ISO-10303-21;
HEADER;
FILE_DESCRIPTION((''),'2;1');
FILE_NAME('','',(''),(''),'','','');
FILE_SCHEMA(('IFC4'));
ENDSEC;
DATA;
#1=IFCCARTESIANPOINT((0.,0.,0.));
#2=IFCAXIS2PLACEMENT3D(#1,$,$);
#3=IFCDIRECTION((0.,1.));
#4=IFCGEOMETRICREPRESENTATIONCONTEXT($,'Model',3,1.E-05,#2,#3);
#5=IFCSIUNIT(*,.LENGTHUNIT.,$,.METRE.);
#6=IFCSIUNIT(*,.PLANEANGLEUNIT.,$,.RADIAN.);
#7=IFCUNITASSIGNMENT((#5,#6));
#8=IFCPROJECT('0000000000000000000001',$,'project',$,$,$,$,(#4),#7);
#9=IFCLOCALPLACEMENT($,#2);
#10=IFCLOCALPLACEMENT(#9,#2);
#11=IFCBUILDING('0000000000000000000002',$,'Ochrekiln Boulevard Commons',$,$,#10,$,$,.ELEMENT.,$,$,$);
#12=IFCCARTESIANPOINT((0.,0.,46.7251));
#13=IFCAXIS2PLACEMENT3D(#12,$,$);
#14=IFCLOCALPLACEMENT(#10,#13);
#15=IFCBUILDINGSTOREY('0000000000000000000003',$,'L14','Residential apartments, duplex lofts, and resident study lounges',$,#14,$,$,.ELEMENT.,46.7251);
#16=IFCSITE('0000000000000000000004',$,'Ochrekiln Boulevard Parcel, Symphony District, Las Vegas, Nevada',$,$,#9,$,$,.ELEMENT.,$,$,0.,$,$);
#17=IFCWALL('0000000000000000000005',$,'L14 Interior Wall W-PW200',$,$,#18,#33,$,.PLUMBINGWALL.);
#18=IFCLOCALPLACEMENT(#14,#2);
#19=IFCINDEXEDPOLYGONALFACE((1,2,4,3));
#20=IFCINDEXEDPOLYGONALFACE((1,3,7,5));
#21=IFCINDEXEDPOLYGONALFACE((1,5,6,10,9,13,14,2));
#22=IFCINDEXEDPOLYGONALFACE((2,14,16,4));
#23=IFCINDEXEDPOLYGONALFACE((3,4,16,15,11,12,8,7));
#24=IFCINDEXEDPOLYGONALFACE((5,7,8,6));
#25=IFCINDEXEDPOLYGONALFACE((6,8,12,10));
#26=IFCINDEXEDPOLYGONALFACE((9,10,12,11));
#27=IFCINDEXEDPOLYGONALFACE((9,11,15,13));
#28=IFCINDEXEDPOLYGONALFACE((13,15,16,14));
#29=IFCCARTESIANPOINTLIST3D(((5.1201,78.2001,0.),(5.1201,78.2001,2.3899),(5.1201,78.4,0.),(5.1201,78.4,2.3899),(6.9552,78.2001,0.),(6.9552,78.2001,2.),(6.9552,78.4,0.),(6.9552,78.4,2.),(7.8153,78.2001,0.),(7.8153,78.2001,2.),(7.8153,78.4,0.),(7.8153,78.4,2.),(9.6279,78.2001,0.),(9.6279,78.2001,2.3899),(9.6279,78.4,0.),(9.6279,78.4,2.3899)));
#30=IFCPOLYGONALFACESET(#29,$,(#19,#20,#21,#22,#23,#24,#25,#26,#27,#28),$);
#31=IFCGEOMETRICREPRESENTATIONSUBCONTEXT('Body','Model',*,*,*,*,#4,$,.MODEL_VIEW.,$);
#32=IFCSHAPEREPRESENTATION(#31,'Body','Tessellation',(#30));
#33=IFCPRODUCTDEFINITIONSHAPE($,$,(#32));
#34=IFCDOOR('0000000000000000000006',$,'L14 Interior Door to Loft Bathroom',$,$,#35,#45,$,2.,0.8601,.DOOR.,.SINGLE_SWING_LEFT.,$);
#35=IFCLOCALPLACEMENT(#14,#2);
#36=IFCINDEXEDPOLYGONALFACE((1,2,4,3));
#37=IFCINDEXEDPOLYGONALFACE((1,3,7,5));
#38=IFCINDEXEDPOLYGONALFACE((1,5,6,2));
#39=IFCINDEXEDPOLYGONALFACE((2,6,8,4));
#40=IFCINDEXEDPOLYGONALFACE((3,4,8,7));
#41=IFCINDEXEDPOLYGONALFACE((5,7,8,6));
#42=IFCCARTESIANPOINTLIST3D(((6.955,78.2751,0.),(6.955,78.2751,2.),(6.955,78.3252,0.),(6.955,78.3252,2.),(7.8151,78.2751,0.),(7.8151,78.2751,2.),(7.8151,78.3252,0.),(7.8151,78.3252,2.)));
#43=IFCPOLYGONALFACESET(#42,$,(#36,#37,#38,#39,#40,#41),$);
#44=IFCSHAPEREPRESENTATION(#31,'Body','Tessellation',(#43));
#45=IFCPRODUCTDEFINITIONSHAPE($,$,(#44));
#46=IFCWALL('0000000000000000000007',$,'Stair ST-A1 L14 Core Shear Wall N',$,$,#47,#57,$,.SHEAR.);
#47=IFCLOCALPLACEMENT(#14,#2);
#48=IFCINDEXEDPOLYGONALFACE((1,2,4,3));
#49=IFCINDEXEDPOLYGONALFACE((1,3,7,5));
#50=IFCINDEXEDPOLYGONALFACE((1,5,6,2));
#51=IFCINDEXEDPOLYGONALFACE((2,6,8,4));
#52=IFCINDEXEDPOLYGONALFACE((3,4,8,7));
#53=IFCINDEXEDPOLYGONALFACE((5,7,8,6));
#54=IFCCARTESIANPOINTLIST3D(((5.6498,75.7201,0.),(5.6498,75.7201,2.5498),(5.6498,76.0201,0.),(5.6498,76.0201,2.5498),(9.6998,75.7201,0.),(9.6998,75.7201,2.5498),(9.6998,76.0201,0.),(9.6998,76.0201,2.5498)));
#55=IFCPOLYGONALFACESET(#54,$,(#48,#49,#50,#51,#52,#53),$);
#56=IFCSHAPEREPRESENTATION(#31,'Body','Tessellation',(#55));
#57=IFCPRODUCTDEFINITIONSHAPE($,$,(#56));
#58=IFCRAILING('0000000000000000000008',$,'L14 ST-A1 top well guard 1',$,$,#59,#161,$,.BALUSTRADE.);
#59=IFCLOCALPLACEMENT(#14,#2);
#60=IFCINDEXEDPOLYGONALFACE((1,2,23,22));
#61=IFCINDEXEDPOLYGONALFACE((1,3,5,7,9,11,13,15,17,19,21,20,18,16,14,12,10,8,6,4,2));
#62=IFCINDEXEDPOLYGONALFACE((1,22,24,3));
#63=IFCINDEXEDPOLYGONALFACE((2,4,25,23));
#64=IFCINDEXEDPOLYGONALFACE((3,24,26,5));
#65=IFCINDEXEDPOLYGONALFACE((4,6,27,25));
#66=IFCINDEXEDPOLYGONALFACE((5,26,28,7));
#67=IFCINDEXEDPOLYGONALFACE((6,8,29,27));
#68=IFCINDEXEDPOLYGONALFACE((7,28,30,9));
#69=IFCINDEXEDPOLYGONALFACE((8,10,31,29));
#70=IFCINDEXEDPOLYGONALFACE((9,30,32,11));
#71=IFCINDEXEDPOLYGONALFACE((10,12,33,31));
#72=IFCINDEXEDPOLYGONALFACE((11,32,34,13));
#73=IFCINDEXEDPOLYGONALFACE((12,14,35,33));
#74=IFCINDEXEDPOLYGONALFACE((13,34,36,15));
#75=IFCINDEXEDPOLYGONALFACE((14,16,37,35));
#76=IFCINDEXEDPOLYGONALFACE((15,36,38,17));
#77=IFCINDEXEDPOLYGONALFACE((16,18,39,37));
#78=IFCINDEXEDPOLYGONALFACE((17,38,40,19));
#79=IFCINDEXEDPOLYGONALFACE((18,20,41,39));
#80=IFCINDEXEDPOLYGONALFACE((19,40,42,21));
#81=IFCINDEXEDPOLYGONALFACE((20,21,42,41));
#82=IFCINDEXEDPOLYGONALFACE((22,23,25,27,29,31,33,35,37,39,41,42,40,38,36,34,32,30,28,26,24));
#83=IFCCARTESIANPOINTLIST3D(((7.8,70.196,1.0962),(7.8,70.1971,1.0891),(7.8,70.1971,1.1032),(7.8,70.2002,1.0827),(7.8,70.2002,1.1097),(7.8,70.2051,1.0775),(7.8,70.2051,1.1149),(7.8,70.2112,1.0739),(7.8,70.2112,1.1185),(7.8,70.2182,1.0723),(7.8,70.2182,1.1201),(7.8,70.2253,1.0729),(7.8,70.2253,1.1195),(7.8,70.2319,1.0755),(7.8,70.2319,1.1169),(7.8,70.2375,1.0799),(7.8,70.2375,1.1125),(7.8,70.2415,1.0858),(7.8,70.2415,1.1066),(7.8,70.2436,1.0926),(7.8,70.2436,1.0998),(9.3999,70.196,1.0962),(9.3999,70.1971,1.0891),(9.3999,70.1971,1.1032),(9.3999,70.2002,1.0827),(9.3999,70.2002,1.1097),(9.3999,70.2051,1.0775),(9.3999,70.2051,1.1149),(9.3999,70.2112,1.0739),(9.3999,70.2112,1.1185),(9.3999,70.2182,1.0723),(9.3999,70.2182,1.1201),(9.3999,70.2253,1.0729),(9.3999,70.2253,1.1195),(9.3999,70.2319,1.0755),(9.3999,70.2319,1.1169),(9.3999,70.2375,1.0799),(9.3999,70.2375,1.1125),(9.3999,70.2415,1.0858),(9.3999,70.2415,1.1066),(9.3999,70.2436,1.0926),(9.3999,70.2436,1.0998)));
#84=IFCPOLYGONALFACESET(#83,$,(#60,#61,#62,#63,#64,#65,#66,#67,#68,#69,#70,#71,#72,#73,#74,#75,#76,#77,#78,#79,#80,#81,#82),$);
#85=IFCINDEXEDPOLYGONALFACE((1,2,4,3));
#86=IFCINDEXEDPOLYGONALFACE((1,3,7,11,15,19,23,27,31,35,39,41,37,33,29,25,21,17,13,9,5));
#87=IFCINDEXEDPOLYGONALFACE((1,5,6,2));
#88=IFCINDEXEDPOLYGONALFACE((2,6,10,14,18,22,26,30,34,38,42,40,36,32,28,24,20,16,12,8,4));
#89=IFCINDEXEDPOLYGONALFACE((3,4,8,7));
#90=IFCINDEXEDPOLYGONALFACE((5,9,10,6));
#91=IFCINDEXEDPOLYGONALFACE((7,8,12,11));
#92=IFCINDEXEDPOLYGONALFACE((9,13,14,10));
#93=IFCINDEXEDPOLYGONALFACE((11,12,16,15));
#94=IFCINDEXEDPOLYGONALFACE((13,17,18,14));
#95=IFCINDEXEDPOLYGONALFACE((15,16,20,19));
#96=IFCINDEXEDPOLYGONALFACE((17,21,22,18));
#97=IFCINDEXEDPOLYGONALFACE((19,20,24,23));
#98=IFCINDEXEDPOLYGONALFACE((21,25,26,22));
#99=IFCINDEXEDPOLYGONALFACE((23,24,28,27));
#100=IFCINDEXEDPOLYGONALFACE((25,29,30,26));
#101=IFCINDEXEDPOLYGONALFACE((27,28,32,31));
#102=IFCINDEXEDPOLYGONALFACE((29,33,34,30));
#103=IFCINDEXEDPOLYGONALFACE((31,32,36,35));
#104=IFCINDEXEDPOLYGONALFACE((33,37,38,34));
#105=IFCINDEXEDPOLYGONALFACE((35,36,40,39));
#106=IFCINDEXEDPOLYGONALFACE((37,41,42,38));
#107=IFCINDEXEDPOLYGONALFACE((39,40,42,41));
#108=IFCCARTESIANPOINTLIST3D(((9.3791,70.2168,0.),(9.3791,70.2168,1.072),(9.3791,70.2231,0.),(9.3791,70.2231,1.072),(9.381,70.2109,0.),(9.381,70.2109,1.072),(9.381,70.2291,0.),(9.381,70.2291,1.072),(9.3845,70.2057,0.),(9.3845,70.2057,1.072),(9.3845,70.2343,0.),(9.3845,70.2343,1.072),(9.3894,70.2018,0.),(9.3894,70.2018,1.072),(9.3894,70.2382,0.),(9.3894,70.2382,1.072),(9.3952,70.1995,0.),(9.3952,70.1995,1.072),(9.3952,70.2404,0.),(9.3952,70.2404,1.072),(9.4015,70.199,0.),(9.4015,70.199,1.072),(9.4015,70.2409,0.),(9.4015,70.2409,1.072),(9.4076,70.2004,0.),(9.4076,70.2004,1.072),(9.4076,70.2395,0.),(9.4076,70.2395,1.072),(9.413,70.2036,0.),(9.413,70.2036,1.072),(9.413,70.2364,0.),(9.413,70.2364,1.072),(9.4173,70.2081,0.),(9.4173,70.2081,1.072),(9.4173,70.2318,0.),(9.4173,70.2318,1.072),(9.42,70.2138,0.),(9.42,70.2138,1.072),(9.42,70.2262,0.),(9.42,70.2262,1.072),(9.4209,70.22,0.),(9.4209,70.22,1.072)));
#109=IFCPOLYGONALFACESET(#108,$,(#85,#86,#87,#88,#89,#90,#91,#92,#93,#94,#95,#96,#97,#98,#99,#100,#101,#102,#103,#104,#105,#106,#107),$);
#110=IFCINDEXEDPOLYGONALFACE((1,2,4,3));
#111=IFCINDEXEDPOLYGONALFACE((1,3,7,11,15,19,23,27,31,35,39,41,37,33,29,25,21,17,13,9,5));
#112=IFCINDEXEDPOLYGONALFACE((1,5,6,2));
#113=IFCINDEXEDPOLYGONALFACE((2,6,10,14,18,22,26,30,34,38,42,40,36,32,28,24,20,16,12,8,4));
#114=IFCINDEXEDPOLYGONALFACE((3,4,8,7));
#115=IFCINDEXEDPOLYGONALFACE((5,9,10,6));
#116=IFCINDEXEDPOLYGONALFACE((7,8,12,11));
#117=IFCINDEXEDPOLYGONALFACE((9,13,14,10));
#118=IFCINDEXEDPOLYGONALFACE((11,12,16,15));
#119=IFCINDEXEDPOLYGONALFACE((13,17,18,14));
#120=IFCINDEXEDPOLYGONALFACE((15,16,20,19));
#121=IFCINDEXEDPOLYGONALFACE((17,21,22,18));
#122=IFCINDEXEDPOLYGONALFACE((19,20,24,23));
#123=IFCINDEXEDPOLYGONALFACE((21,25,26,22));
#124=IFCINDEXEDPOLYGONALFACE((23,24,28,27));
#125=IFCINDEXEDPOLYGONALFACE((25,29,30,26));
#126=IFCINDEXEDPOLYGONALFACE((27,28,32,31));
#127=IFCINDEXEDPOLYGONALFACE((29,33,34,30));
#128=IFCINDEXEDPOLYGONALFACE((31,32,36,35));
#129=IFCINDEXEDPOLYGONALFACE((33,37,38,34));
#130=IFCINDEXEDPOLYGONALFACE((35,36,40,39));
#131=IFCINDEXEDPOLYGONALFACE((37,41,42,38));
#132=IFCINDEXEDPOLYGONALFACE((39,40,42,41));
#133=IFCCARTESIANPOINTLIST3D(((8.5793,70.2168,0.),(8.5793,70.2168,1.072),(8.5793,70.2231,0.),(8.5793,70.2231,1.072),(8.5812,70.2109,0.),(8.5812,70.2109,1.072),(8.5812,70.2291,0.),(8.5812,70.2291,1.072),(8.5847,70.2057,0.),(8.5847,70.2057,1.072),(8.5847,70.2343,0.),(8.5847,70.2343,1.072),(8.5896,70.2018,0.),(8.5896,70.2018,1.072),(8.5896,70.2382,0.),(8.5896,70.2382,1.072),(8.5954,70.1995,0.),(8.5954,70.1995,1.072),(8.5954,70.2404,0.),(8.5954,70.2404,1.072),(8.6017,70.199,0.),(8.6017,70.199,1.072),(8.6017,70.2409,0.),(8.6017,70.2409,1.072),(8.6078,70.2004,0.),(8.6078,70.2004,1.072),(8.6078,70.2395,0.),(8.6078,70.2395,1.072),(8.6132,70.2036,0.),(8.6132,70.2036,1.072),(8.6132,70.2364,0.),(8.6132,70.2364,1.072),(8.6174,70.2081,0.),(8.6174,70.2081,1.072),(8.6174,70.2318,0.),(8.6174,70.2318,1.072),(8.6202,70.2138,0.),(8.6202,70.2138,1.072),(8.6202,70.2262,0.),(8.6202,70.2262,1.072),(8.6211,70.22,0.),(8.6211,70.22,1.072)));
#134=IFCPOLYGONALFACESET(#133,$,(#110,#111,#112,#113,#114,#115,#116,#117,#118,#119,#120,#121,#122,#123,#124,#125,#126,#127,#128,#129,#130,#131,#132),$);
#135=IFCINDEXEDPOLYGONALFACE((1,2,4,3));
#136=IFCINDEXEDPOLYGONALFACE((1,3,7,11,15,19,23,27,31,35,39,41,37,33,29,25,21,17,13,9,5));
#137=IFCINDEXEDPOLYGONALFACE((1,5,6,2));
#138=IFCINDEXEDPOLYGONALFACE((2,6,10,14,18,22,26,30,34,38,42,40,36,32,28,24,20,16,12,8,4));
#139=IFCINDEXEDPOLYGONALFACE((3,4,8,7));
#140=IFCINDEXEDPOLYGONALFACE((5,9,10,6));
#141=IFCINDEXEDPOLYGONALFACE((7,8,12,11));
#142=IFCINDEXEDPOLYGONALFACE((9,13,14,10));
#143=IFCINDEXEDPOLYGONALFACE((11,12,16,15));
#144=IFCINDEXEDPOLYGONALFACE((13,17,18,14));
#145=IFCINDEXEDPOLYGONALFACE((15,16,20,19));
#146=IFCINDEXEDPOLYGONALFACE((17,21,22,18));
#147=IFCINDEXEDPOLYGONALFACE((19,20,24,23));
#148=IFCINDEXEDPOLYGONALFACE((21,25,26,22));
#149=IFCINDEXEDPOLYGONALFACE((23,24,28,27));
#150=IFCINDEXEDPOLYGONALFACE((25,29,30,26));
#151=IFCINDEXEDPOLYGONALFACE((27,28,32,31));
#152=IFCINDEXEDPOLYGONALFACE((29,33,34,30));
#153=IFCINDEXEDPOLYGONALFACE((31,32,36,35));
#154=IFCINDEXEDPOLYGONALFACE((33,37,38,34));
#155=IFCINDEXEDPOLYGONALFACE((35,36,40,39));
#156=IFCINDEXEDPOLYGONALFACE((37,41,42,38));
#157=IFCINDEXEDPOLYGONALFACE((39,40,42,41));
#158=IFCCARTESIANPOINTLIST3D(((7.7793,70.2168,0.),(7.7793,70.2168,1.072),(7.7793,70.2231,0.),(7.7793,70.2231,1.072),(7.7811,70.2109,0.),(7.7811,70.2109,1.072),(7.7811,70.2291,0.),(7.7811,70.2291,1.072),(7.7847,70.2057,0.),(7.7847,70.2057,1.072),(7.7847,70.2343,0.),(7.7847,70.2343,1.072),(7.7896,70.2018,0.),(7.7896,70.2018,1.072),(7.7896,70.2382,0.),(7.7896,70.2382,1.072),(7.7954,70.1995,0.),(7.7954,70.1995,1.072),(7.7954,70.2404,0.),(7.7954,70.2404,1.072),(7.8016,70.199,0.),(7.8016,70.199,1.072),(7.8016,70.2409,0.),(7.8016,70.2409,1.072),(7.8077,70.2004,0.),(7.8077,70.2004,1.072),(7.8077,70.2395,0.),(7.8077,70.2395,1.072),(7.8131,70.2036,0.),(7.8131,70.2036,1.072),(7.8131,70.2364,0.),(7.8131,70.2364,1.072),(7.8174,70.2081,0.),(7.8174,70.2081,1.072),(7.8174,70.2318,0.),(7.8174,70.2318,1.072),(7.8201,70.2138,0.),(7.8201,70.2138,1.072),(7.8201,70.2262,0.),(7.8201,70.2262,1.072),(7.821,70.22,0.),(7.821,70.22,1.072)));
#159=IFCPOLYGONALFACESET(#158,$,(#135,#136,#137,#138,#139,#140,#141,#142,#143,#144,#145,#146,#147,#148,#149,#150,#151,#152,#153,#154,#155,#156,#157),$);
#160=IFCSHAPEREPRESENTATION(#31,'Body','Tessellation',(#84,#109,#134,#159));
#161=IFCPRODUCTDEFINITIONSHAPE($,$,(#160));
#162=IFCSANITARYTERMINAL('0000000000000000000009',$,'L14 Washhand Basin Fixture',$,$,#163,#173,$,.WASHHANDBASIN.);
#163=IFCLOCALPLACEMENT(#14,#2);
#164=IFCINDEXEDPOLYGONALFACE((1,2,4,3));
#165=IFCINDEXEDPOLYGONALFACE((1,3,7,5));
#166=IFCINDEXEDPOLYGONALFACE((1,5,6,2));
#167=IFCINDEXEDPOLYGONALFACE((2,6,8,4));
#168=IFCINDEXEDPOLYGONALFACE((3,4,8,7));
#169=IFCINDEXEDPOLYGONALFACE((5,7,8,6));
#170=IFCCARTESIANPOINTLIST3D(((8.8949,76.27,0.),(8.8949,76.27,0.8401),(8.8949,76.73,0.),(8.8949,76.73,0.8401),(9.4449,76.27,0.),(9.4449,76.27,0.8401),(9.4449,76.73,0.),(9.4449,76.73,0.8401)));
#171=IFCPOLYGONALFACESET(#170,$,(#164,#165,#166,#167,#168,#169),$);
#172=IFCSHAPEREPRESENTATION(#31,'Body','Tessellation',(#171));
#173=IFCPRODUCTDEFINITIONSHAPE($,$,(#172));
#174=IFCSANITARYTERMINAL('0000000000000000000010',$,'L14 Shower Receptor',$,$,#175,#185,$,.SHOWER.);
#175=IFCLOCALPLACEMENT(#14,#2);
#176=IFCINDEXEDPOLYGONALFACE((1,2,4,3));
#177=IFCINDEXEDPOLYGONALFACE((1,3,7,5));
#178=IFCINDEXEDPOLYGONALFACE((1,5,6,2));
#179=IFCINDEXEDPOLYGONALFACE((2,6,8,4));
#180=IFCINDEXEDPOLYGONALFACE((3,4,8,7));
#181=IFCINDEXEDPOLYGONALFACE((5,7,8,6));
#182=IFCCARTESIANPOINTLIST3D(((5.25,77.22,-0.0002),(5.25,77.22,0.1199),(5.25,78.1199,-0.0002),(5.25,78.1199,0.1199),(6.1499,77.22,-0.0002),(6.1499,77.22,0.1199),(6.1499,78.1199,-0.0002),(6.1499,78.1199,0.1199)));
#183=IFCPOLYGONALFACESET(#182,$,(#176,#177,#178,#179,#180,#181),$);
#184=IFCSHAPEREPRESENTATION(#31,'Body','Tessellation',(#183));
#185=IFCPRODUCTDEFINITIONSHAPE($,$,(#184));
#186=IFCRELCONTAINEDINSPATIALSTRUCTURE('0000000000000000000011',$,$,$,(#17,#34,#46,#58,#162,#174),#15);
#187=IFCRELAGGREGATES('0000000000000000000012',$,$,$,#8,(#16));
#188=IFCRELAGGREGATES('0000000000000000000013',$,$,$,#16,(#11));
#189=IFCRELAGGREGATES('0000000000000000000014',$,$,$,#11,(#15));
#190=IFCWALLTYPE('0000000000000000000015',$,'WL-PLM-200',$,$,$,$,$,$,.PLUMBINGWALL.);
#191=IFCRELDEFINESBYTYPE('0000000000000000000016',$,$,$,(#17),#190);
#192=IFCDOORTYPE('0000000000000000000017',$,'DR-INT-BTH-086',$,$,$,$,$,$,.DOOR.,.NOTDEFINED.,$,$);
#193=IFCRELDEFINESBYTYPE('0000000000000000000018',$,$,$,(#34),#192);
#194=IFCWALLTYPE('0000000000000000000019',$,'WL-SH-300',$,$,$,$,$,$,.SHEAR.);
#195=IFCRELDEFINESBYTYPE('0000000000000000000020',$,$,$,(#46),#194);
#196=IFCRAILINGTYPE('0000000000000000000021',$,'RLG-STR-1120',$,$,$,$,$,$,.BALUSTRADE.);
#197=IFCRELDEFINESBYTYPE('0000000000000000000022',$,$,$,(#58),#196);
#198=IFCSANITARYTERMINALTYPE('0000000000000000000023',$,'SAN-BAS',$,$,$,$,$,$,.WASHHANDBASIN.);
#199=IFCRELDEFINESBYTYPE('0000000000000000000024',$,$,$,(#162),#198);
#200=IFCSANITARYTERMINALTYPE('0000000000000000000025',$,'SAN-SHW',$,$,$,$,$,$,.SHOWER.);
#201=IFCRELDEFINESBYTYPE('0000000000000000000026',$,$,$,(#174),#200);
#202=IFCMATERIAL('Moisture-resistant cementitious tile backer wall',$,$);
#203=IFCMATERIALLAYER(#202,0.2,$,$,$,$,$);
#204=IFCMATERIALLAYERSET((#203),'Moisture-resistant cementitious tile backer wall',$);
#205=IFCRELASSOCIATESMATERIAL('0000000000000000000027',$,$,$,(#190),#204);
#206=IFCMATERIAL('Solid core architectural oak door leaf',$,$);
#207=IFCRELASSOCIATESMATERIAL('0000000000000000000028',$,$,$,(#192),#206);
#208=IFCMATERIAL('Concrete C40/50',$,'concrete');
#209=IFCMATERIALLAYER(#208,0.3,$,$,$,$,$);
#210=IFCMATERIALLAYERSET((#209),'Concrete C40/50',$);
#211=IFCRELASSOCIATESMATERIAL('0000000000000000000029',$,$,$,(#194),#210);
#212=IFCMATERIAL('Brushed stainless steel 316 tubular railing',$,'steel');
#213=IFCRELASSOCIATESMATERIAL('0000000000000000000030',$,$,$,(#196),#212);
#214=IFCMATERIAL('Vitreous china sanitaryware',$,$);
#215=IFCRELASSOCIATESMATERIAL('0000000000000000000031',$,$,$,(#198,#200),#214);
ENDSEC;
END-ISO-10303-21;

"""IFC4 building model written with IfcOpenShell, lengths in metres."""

from ifc_helpers import new_model, si_unit, direction, frame, frame_2d, origin, origin_2d, place, context, subcontext, project, spatial, rectangle, circle, extrude, material, layer, layer_set, type_object, element, fill, save


model = new_model("IFC4")

# Units and contexts
model_context = context("Model", 3, precision=1e-05, world=origin(), true_north=direction((0.0, 1.0)))
body_context = subcontext(model_context, "Body", "Model", "MODEL_VIEW")
ifc_project = project(units=[si_unit("LENGTHUNIT", "METRE"), si_unit("PLANEANGLEUNIT", "RADIAN")], contexts=[model_context])

# Site, building, storey
site_placement = place(None, origin())
site = spatial("IfcSite", under=ifc_project, at=site_placement, Name="Ochrekiln Boulevard Parcel, Symphony District, Las Vegas, Nevada", CompositionType="ELEMENT", RefElevation=0.0)
building_placement = place(site_placement, origin())
building = spatial("IfcBuilding", under=site, at=building_placement, Name="Ochrekiln Boulevard Commons", CompositionType="ELEMENT")
storey_placement = place(building_placement, frame((0.0, 0.0, 46.7251)))
storey = spatial("IfcBuildingStorey", under=building, at=storey_placement, Name="L14", Description="Residential apartments, duplex lofts, and resident study lounges", CompositionType="ELEMENT", Elevation=46.7251)

# Shared definitions
ifc_material_1 = material(Name="Concrete C40/50", Category="concrete")

# Wall, opening, door
ifc_material_2 = material(Name="Moisture-resistant cementitious tile backer wall")
ifc_layer_1 = layer(ifc_material_2, 0.2)
ifc_layer_set_1 = layer_set([ifc_layer_1], Name="Moisture-resistant cementitious tile backer wall")
wall_type_1 = type_object("IfcWallType", Name="WL-PLM-200", PredefinedType="PLUMBINGWALL", material=ifc_layer_set_1)
wall_1_placement = place(storey_placement, frame((5.1201, 78.3, 0.0), z_axis=(0.0, 0.0, 1.0), x_axis=(1.0, 0.0, 0.0)))
wall_1 = element("IfcWall", 1, at=wall_1_placement, inside=storey, type_object=wall_type_1, Name="L14 Interior Wall W-PW200", PredefinedType="PLUMBINGWALL", context=body_context, shape_type="SweptSolid", body=[
    extrude(rectangle(XDim=4.5078, YDim=0.2, at=frame_2d((2.2539, 0.0))), origin(), (0.0, 0.0, 1.0), 2.3899),
])
opening_placement = place(wall_1_placement, frame((1.835, 0.0, 0.0)))
opening = element("IfcOpeningElement", 2, at=opening_placement, cuts=wall_1, PredefinedType="OPENING", context=body_context, shape_type="SweptSolid", body=[
    extrude(rectangle(XDim=0.8601, YDim=2.0, at=frame_2d((0.4302, 1.0))), frame((0.0, 0.1099, 0.0), z_axis=(0.0, -1.0, 0.0), x_axis=(1.0, 0.0, 0.0)), (0.0, 0.0, 1.0), 0.22),
])
ifc_material_3 = material(Name="Solid core architectural oak door leaf")
door_type = type_object("IfcDoorType", Name="DR-INT-BTH-086", OperationType="NOTDEFINED", PredefinedType="DOOR", material=ifc_material_3)
door_placement = place(opening_placement, frame((0.8601, 0.0, 0.0), z_axis=(0.0, 0.0, 1.0), x_axis=(-1.0, 0.0, 0.0)))
door = element("IfcDoor", 3, at=door_placement, inside=storey, type_object=door_type, Name="L14 Interior Door to Loft Bathroom", OperationType="SINGLE_SWING_LEFT", OverallHeight=2.0, OverallWidth=0.8601, PredefinedType="DOOR", context=body_context, shape_type="SweptSolid", body=[
    extrude(rectangle(XDim=0.8601, YDim=2.0, at=frame_2d((0.4302, 1.0))), frame((0.0, 0.0249, 0.0), z_axis=(0.0, -1.0, 0.0), x_axis=(1.0, 0.0, 0.0)), (0.0, 0.0, 1.0), 0.05),
])
fill(opening, door)

# Wall
ifc_layer_2 = layer(ifc_material_1, 0.3)
ifc_layer_set_2 = layer_set([ifc_layer_2], Name="Concrete C40/50")
wall_type_2 = type_object("IfcWallType", Name="WL-SH-300", PredefinedType="SHEAR", material=ifc_layer_set_2)
wall_2_placement = place(storey_placement, frame((5.6499, 75.8701, 0.0), z_axis=(0.0, 0.0, 1.0), x_axis=(1.0, 0.0, 0.0)))
element("IfcWall", 4, at=wall_2_placement, inside=storey, type_object=wall_type_2, Name="Stair ST-A1 L14 Core Shear Wall N", PredefinedType="SHEAR", context=body_context, shape_type="SweptSolid", body=[
    extrude(rectangle(XDim=4.05, YDim=0.3, at=frame_2d((2.0249, 0.0))), origin(), (0.0, 0.0, 1.0), 2.5498),
])

# Railing
ifc_material_4 = material(Name="Brushed stainless steel 316 tubular railing", Category="steel")
railing_type = type_object("IfcRailingType", Name="RLG-STR-1120", PredefinedType="BALUSTRADE", material=ifc_material_4)
railing_placement = place(storey_placement, frame((9.3999, 70.22, 0.0)))
element("IfcRailing", 5, at=railing_placement, inside=storey, type_object=railing_type, Name="L14 ST-A1 top well guard 1", PredefinedType="BALUSTRADE", context=body_context, shape_type="SweptSolid", body=[
    extrude(circle(Radius=0.0239, at=origin_2d()), frame((0.0, 0.0, 1.0962), z_axis=(-1.0, 0.0, 0.0), x_axis=(0.0, -1.0, 0.0)), (0.0, 0.0, 1.0), 1.5999),
    extrude(circle(Radius=0.021, at=origin_2d()), origin(), (0.0, 0.0, 1.0), 1.072),
    extrude(circle(Radius=0.021, at=origin_2d()), frame((-0.7998, 0.0, 0.0)), (0.0, 0.0, 1.0), 1.072),
    extrude(circle(Radius=0.021, at=origin_2d()), frame((-1.5999, 0.0, 0.0)), (0.0, 0.0, 1.0), 1.072),
])

# Sanitary terminals
ifc_material_5 = material(Name="Vitreous china sanitaryware")
sanitary_terminal_type_1 = type_object("IfcSanitaryTerminalType", Name="SAN-BAS", PredefinedType="WASHHANDBASIN", material=ifc_material_5)
sanitary_terminal_1_placement = place(storey_placement, frame((9.1699, 76.5, 0.0), z_axis=(0.0, 0.0, 1.0), x_axis=(1.0, 0.0, 0.0)))
element("IfcSanitaryTerminal", 6, at=sanitary_terminal_1_placement, inside=storey, type_object=sanitary_terminal_type_1, Name="L14 Washhand Basin Fixture", PredefinedType="WASHHANDBASIN", context=body_context, shape_type="SweptSolid", body=[
    extrude(rectangle(XDim=0.55, YDim=0.46, at=origin_2d()), origin(), (0.0, 0.0, 1.0), 0.8401),
])
sanitary_terminal_type_2 = type_object("IfcSanitaryTerminalType", Name="SAN-SHW", PredefinedType="SHOWER", material=ifc_material_5)
sanitary_terminal_2_placement = place(storey_placement, frame((5.7, 77.6699, -0.0002), z_axis=(0.0, 0.0, 1.0), x_axis=(1.0, 0.0, 0.0)))
element("IfcSanitaryTerminal", 7, at=sanitary_terminal_2_placement, inside=storey, type_object=sanitary_terminal_type_2, Name="L14 Shower Receptor", PredefinedType="SHOWER", context=body_context, shape_type="SweptSolid", body=[
    extrude(rectangle(XDim=0.8999, YDim=0.8999, at=origin_2d()), origin(), (0.0, 0.0, 1.0), 0.1201),
])

save(model, "model.ifc")
